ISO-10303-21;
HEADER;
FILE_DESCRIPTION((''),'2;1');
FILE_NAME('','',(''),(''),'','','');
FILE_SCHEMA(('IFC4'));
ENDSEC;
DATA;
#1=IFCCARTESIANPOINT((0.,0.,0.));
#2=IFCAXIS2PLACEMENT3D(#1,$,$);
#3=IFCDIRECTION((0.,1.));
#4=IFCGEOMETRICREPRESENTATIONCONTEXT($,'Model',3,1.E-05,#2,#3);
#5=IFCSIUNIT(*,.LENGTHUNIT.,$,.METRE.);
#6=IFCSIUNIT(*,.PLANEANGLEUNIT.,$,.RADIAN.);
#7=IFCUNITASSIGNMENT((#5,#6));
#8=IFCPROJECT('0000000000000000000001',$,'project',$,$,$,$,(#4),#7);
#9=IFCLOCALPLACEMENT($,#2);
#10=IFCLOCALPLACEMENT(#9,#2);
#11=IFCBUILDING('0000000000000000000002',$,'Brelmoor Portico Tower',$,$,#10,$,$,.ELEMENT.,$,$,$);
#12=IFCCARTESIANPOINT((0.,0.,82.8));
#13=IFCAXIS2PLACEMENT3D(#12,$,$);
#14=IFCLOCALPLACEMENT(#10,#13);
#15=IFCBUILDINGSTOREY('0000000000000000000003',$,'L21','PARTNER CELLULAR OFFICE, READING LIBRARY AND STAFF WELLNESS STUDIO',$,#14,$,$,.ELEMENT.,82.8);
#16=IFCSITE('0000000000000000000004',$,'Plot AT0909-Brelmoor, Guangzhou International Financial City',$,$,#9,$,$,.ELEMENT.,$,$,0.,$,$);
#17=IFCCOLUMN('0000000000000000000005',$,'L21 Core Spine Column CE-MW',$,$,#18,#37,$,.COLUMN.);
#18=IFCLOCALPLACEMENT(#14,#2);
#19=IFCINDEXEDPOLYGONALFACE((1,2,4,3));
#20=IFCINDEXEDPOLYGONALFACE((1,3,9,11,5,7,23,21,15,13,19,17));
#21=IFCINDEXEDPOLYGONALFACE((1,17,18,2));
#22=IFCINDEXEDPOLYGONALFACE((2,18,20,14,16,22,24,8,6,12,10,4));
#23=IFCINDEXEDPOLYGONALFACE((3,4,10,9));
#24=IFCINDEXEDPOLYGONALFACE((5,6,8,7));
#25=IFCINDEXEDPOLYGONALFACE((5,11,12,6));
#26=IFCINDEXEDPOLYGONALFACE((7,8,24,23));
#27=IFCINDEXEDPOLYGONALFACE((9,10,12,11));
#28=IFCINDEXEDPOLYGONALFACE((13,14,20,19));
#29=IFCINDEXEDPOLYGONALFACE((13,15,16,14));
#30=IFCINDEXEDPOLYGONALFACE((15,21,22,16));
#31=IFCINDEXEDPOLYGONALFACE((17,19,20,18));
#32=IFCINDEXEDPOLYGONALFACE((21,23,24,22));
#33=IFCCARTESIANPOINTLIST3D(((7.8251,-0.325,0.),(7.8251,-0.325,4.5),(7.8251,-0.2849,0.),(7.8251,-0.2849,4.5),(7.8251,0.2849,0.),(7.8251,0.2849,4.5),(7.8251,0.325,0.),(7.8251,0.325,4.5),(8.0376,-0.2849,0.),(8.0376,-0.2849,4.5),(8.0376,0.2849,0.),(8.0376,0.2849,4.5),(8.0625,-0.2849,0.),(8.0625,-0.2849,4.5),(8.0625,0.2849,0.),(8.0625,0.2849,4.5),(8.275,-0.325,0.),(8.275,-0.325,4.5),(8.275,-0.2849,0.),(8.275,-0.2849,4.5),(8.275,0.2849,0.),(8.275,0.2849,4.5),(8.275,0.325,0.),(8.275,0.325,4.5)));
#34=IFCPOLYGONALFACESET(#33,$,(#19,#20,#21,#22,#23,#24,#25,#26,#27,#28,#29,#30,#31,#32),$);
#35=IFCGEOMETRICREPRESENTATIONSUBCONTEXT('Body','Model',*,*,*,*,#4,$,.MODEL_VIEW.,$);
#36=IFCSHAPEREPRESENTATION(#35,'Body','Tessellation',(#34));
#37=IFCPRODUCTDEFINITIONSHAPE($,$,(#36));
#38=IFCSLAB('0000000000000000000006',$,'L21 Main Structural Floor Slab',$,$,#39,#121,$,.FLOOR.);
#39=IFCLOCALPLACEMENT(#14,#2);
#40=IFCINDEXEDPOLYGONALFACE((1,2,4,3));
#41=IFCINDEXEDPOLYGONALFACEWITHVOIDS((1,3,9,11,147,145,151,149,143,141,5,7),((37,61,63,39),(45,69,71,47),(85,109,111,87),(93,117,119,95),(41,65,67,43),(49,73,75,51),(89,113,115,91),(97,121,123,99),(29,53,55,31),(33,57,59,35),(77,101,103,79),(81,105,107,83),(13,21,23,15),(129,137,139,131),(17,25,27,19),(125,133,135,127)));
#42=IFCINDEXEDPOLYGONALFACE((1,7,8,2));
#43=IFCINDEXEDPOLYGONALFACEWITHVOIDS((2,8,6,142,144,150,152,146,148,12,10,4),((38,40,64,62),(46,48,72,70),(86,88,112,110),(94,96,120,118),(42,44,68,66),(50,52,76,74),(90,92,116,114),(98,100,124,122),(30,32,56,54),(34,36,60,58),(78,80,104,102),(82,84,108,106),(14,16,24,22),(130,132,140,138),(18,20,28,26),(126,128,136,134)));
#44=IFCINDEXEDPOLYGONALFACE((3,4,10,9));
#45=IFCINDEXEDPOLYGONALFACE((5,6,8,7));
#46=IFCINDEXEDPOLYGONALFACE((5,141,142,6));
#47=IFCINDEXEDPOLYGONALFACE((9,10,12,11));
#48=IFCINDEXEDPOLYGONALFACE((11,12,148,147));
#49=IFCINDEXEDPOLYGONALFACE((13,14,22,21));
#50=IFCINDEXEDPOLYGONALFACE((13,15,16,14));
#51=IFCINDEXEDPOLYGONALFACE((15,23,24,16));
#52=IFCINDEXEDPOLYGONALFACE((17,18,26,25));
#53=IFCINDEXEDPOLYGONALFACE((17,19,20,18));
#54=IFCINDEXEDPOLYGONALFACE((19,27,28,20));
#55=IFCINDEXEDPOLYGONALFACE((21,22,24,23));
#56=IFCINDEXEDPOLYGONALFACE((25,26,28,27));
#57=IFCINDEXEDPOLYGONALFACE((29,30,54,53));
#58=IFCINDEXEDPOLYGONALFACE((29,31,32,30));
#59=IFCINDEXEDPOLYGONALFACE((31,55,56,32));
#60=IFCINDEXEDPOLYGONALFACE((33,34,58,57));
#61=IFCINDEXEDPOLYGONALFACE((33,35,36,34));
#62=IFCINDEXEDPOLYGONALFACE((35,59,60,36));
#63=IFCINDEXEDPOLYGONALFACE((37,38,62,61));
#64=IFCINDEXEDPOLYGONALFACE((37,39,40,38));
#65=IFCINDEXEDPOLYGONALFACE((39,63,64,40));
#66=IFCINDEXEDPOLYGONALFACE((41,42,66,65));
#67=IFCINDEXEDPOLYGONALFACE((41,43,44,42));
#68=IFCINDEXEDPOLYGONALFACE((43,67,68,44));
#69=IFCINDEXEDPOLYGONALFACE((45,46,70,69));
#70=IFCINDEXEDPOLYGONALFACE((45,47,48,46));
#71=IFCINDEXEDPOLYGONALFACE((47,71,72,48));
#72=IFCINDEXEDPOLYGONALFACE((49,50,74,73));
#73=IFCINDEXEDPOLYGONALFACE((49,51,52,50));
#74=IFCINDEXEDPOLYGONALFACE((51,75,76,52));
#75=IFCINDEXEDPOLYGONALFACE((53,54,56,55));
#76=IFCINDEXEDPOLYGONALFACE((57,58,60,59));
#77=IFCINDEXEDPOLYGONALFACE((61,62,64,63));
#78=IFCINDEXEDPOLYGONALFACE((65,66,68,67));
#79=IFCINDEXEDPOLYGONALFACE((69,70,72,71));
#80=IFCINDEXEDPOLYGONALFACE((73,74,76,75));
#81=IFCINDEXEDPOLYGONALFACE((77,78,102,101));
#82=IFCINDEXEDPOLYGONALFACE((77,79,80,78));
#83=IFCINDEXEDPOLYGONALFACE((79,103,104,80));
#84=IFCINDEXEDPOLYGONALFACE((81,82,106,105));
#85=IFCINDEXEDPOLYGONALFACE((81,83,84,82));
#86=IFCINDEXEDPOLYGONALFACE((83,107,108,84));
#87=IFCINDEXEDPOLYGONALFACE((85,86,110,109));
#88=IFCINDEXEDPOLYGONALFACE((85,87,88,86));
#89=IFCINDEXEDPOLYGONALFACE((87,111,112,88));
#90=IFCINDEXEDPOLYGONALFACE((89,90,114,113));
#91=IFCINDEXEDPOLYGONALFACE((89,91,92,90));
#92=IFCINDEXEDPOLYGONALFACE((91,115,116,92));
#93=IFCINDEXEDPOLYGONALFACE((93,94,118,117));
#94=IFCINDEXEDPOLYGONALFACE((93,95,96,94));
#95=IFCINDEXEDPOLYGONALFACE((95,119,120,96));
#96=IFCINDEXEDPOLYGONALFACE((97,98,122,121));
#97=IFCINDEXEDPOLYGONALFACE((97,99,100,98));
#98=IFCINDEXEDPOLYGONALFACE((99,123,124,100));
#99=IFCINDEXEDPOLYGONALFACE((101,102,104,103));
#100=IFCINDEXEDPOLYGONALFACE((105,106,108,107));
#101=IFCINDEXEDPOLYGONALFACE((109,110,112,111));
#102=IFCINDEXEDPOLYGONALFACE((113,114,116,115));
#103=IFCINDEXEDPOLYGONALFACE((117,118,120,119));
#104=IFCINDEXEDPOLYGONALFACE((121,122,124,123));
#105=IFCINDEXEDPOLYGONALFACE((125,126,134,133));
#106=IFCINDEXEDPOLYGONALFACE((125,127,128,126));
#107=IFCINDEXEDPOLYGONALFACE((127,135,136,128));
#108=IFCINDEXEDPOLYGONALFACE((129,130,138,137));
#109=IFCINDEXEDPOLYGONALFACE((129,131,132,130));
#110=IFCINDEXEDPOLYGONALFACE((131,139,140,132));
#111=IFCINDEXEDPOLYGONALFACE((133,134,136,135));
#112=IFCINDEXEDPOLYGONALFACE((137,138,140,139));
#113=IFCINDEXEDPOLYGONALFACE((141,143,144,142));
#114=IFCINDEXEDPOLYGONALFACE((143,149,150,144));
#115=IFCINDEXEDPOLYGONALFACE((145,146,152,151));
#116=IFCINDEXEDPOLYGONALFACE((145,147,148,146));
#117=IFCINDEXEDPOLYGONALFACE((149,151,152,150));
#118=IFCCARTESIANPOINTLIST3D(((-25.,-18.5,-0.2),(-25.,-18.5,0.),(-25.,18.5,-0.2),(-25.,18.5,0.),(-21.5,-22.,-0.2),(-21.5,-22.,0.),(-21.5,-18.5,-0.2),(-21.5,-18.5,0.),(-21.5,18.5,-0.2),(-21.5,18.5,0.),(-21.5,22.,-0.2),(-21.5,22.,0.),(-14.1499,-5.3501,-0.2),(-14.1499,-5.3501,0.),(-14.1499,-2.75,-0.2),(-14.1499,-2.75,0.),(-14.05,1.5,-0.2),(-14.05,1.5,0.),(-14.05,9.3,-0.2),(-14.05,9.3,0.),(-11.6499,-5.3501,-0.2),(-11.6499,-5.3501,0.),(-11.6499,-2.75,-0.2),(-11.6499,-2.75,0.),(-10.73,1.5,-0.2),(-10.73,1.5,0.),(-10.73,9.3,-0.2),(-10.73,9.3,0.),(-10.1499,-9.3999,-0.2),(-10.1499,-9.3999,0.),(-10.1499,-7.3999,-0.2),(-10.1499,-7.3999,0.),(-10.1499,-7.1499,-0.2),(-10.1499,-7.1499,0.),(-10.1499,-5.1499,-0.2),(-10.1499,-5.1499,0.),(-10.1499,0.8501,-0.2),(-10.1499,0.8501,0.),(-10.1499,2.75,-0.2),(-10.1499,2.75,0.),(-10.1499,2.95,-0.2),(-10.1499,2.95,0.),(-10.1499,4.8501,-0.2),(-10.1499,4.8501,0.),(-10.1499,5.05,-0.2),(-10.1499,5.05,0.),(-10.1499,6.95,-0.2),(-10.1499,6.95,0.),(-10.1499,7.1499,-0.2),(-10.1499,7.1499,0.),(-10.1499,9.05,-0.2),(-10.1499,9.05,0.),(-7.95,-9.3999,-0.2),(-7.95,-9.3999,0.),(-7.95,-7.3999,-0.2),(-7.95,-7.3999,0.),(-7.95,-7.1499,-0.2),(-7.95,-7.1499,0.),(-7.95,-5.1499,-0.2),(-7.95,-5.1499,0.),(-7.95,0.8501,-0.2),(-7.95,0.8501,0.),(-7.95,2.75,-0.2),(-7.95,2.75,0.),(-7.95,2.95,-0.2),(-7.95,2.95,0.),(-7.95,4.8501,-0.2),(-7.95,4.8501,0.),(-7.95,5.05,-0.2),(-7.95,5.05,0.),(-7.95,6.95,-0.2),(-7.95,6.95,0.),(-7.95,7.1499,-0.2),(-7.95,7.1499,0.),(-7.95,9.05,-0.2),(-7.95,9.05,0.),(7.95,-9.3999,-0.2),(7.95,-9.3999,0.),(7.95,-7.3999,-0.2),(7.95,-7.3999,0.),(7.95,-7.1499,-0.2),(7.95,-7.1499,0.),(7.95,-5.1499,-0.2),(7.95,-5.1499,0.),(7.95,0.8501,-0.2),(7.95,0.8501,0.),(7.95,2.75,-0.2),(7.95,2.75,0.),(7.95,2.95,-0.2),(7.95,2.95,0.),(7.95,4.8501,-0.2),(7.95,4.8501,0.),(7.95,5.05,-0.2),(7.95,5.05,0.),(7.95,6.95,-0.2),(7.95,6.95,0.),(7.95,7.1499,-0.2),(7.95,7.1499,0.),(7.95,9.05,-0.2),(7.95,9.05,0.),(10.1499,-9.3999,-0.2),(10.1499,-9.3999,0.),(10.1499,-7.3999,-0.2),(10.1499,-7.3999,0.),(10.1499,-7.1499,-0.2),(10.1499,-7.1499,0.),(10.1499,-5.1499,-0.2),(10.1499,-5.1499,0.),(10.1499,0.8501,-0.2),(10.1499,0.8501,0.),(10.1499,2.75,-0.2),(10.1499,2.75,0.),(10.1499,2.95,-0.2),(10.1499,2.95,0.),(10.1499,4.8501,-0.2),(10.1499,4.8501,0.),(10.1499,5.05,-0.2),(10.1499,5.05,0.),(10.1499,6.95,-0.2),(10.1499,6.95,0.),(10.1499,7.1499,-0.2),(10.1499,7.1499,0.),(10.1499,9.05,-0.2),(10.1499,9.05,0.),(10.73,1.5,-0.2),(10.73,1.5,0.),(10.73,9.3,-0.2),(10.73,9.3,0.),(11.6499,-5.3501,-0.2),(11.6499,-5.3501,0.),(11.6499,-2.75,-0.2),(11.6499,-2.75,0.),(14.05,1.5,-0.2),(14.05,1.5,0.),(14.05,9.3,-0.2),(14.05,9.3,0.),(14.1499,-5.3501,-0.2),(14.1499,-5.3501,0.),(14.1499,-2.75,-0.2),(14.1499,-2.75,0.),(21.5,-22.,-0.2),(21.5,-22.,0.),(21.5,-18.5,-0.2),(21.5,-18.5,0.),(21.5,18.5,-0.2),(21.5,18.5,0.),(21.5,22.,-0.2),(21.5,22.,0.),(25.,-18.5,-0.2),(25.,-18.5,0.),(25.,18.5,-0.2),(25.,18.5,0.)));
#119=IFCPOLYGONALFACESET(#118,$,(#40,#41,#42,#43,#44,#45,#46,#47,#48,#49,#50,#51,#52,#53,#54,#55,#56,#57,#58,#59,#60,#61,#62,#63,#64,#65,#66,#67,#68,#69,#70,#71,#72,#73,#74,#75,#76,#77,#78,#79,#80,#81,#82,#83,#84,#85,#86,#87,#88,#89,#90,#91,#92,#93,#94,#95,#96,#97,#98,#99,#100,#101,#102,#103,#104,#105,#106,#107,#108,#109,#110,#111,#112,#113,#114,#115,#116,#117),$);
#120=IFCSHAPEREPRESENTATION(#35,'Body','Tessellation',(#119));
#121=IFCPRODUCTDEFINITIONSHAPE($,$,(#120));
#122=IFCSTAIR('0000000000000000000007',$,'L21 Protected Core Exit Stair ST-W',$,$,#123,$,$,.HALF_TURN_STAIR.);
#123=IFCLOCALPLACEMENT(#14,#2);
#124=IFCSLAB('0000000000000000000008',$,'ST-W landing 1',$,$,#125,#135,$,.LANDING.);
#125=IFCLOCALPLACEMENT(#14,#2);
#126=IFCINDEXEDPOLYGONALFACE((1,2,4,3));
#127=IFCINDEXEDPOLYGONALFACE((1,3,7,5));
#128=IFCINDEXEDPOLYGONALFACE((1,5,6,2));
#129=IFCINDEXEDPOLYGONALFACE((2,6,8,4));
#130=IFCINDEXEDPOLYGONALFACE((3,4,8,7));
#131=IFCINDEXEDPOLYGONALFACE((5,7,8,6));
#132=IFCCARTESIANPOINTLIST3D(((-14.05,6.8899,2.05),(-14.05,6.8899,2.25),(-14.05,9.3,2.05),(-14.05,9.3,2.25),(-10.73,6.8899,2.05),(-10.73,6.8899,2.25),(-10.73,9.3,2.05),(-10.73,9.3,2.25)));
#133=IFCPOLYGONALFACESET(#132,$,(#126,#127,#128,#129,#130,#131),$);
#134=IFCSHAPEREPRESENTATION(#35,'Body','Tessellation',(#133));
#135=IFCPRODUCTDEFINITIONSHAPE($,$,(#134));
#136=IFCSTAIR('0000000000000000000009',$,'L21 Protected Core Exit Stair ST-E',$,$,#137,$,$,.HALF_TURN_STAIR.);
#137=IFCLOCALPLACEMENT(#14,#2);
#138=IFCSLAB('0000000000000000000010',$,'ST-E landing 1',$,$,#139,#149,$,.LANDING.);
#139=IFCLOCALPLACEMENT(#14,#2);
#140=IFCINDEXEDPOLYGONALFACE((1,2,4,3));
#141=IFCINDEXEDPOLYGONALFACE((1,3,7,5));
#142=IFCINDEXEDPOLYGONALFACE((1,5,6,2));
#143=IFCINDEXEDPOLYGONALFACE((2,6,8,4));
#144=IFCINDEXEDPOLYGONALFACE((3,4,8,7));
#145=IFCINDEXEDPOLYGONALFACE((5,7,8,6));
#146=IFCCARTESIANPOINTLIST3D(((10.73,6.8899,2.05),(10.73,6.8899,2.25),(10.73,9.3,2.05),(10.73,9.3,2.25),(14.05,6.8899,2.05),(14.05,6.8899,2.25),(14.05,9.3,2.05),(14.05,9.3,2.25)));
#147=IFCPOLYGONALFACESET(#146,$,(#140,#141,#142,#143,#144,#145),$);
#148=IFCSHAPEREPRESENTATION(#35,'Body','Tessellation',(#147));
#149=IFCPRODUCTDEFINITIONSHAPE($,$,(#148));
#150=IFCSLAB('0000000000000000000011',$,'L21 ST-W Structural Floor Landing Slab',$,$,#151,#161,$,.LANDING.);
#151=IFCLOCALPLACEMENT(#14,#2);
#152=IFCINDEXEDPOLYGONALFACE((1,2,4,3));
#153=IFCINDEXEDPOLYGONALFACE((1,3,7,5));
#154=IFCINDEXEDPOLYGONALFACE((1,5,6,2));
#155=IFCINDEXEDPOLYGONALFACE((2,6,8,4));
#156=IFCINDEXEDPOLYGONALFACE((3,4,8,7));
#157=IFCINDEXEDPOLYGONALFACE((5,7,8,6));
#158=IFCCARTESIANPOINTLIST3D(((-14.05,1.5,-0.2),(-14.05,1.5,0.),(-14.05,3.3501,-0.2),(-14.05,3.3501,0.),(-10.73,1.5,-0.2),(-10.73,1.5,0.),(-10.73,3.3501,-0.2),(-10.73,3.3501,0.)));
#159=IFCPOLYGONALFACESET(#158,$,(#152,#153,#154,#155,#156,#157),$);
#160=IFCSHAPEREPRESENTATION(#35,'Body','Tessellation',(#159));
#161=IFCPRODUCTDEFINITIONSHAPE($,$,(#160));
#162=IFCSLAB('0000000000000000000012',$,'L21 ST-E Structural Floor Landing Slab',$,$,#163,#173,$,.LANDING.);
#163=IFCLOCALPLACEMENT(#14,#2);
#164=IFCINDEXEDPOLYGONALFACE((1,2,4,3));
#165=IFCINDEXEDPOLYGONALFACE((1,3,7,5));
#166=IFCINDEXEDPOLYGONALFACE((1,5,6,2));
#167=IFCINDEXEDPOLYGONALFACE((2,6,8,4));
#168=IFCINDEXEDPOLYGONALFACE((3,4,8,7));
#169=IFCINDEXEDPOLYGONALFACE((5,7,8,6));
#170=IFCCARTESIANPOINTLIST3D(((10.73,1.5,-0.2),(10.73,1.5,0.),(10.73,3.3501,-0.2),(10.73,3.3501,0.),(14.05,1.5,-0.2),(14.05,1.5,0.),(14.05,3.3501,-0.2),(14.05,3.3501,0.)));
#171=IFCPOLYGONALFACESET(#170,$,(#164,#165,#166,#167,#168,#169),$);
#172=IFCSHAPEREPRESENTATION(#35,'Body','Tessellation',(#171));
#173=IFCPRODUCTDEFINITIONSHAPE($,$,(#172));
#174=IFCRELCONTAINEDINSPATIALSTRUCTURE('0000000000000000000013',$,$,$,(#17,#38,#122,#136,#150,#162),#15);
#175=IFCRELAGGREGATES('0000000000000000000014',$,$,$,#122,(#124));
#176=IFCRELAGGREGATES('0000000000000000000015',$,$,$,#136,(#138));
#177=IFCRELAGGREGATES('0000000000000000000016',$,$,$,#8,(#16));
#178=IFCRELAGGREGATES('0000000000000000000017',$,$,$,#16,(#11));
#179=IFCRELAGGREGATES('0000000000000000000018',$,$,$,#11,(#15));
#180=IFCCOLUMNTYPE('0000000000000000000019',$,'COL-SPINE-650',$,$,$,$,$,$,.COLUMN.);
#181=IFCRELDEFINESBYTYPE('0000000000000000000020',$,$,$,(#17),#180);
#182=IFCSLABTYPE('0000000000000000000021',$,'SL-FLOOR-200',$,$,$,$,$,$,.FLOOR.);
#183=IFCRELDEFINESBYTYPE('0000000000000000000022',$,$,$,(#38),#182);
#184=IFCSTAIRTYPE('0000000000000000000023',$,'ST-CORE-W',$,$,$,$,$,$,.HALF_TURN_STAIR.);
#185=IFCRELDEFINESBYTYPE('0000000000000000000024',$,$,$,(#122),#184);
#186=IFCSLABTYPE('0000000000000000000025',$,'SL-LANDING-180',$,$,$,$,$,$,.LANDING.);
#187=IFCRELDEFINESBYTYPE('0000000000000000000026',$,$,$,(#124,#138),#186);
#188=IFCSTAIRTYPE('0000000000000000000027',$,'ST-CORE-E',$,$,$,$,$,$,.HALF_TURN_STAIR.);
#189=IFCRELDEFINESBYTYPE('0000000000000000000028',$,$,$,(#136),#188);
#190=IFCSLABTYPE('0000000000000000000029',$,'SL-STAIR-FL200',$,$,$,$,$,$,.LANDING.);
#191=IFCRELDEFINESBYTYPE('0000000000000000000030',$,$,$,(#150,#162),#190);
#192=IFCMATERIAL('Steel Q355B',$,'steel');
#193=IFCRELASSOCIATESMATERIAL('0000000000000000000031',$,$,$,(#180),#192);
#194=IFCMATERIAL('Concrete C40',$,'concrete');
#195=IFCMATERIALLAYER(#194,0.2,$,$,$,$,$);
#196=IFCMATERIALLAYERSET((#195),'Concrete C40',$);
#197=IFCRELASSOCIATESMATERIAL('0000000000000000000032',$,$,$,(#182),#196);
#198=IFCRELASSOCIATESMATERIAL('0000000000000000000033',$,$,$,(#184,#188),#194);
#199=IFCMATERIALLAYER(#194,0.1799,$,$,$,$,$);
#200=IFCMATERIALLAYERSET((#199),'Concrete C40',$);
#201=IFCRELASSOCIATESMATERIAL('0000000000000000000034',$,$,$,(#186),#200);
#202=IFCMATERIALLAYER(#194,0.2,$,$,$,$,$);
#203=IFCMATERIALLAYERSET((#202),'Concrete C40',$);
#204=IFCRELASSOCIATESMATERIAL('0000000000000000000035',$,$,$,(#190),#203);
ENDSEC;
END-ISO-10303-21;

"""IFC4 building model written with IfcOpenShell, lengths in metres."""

from ifc_helpers import new_model, si_unit, direction, frame, origin, origin_2d, place, context, subcontext, project, spatial, polyline, i_section, outline, extrude, material, layer, layer_set, material_profile, profile_set, type_object, element, aggregate, save


model = new_model("IFC4")

# Units and contexts
model_context = context("Model", 3, precision=1e-05, world=origin(), true_north=direction((0.0, 1.0)))
body_context = subcontext(model_context, "Body", "Model", "MODEL_VIEW")
ifc_project = project(units=[si_unit("LENGTHUNIT", "METRE"), si_unit("PLANEANGLEUNIT", "RADIAN")], contexts=[model_context])

# Site, building, storey
site_placement = place(None, origin())
site = spatial("IfcSite", under=ifc_project, at=site_placement, Name="Plot AT0909-Brelmoor, Guangzhou International Financial City", CompositionType="ELEMENT", RefElevation=0.0)
building_placement = place(site_placement, origin())
building = spatial("IfcBuilding", under=site, at=building_placement, Name="Brelmoor Portico Tower", CompositionType="ELEMENT")
storey_placement = place(building_placement, frame((0.0, 0.0, 82.8)))
storey = spatial("IfcBuildingStorey", under=building, at=storey_placement, Name="L21", Description="PARTNER CELLULAR OFFICE, READING LIBRARY AND STAFF WELLNESS STUDIO", CompositionType="ELEMENT", Elevation=82.8)

# Column
ifc_material_1 = material(Name="Steel Q355B", Category="steel")
ifc_material_profile = material_profile(ifc_material_1, i_section(OverallWidth=0.45, OverallDepth=0.6499, WebThickness=0.0249, FlangeThickness=0.04, at=origin_2d()), Name="HW 650x450x25x40")
ifc_profile_set = profile_set([ifc_material_profile], Name="Steel Q355B")
column_type = type_object("IfcColumnType", Name="COL-SPINE-650", PredefinedType="COLUMN", material=ifc_profile_set)
column_placement = place(storey_placement, frame((8.05, 0.0, 0.0), z_axis=(0.0, 0.0, 1.0), x_axis=(1.0, 0.0, 0.0)))
element("IfcColumn", 1, at=column_placement, inside=storey, type_object=column_type, Name="L21 Core Spine Column CE-MW", PredefinedType="COLUMN", context=body_context, shape_type="SweptSolid", body=[
    extrude(i_section(OverallWidth=0.45, OverallDepth=0.6499, WebThickness=0.0249, FlangeThickness=0.04, at=origin_2d()), origin(), (0.0, 0.0, 1.0), 4.5),
])

# Slab
ifc_material_2 = material(Name="Concrete C40", Category="concrete")
ifc_layer_1 = layer(ifc_material_2, 0.2)
ifc_layer_set_1 = layer_set([ifc_layer_1], Name="Concrete C40")
slab_type_1 = type_object("IfcSlabType", Name="SL-FLOOR-200", PredefinedType="FLOOR", material=ifc_layer_set_1)
slab_1_placement = place(storey_placement, frame((0.0, 0.0, -0.2)))
element("IfcSlab", 2, at=slab_1_placement, inside=storey, type_object=slab_type_1, Name="L21 Main Structural Floor Slab", PredefinedType="FLOOR", context=body_context, shape_type="SweptSolid", body=[
    extrude(outline(polyline([(-21.5, -22.0), (21.5, -22.0), (21.5, -18.5), (25.0, -18.5), (25.0, 18.5), (21.5, 18.5), (21.5, 22.0), (-21.5, 22.0), (-21.5, 18.5), (-25.0, 18.5), (-25.0, -18.5), (-21.5, -18.5), (-21.5, -22.0)]), holes=[polyline([(-10.73, 1.5), (-10.73, 9.3), (-14.05, 9.3), (-14.05, 1.5), (-10.73, 1.5)]), polyline([(14.05, 1.5), (14.05, 9.3), (10.73, 9.3), (10.73, 1.5), (14.05, 1.5)]), polyline([(-10.1499, 0.8501), (-7.95, 0.8501), (-7.95, 2.75), (-10.1499, 2.75), (-10.1499, 0.8501)]), polyline([(-10.1499, 2.95), (-7.95, 2.95), (-7.95, 4.8501), (-10.1499, 4.8501), (-10.1499, 2.95)]), polyline([(-10.1499, 5.05), (-7.95, 5.05), (-7.95, 6.95), (-10.1499, 6.95), (-10.1499, 5.05)]), polyline([(-10.1499, 7.1499), (-7.95, 7.1499), (-7.95, 9.05), (-10.1499, 9.05), (-10.1499, 7.1499)]), polyline([(7.95, 0.8501), (10.1499, 0.8501), (10.1499, 2.75), (7.95, 2.75), (7.95, 0.8501)]), polyline([(7.95, 2.95), (10.1499, 2.95), (10.1499, 4.8501), (7.95, 4.8501), (7.95, 2.95)]), polyline([(7.95, 5.05), (10.1499, 5.05), (10.1499, 6.95), (7.95, 6.95), (7.95, 5.05)]), polyline([(7.95, 7.1499), (10.1499, 7.1499), (10.1499, 9.05), (7.95, 9.05), (7.95, 7.1499)]), polyline([(-10.1499, -9.3999), (-7.95, -9.3999), (-7.95, -7.3999), (-10.1499, -7.3999), (-10.1499, -9.3999)]), polyline([(-10.1499, -7.1499), (-7.95, -7.1499), (-7.95, -5.1499), (-10.1499, -5.1499), (-10.1499, -7.1499)]), polyline([(7.95, -9.3999), (10.1499, -9.3999), (10.1499, -7.3999), (7.95, -7.3999), (7.95, -9.3999)]), polyline([(7.95, -7.1499), (10.1499, -7.1499), (10.1499, -5.1499), (7.95, -5.1499), (7.95, -7.1499)]), polyline([(-14.1499, -5.3501), (-11.6499, -5.3501), (-11.6499, -2.75), (-14.1499, -2.75), (-14.1499, -5.3501)]), polyline([(11.6499, -5.3501), (14.1499, -5.3501), (14.1499, -2.75), (11.6499, -2.75), (11.6499, -5.3501)])]), origin(), (0.0, 0.0, 1.0), 0.2),
])

# Stairs, slabs
stair_type_1 = type_object("IfcStairType", Name="ST-CORE-W", PredefinedType="HALF_TURN_STAIR", material=ifc_material_2)
stair_1_placement = place(storey_placement, origin())
stair_1 = element("IfcStair", 3, at=stair_1_placement, inside=storey, type_object=stair_type_1, Name="L21 Protected Core Exit Stair ST-W", PredefinedType="HALF_TURN_STAIR")
ifc_layer_2 = layer(ifc_material_2, 0.1799)
ifc_layer_set_2 = layer_set([ifc_layer_2], Name="Concrete C40")
slab_type_2 = type_object("IfcSlabType", Name="SL-LANDING-180", PredefinedType="LANDING", material=ifc_layer_set_2)
slab_2_placement = place(storey_placement, frame((0.0, 0.0, 2.05)))
slab_2 = element("IfcSlab", 4, at=slab_2_placement, type_object=slab_type_2, Name="ST-W landing 1", PredefinedType="LANDING", context=body_context, shape_type="SweptSolid", body=[
    extrude(outline(polyline([(-10.73, 6.8899), (-10.73, 9.3), (-14.05, 9.3), (-14.05, 6.8899), (-10.73, 6.8899)])), origin(), (0.0, 0.0, 1.0), 0.2),
])
aggregate(stair_1, [slab_2])
stair_type_2 = type_object("IfcStairType", Name="ST-CORE-E", PredefinedType="HALF_TURN_STAIR", material=ifc_material_2)
stair_2_placement = place(storey_placement, origin())
stair_2 = element("IfcStair", 5, at=stair_2_placement, inside=storey, type_object=stair_type_2, Name="L21 Protected Core Exit Stair ST-E", PredefinedType="HALF_TURN_STAIR")
slab_3_placement = place(storey_placement, frame((0.0, 0.0, 2.05)))
slab_3 = element("IfcSlab", 6, at=slab_3_placement, type_object=slab_type_2, Name="ST-E landing 1", PredefinedType="LANDING", context=body_context, shape_type="SweptSolid", body=[
    extrude(outline(polyline([(14.05, 6.8899), (14.05, 9.3), (10.73, 9.3), (10.73, 6.8899), (14.05, 6.8899)])), origin(), (0.0, 0.0, 1.0), 0.2),
])
aggregate(stair_2, [slab_3])

# Slabs
ifc_layer_3 = layer(ifc_material_2, 0.2)
ifc_layer_set_3 = layer_set([ifc_layer_3], Name="Concrete C40")
slab_type_3 = type_object("IfcSlabType", Name="SL-STAIR-FL200", PredefinedType="LANDING", material=ifc_layer_set_3)
slab_4_placement = place(storey_placement, frame((0.0, 0.0, -0.2)))
element("IfcSlab", 7, at=slab_4_placement, inside=storey, type_object=slab_type_3, Name="L21 ST-W Structural Floor Landing Slab", PredefinedType="LANDING", context=body_context, shape_type="SweptSolid", body=[
    extrude(outline(polyline([(-10.73, 1.5), (-10.73, 3.3501), (-14.05, 3.3501), (-14.05, 1.5), (-10.73, 1.5)])), origin(), (0.0, 0.0, 1.0), 0.2),
])
slab_5_placement = place(storey_placement, frame((0.0, 0.0, -0.2)))
element("IfcSlab", 8, at=slab_5_placement, inside=storey, type_object=slab_type_3, Name="L21 ST-E Structural Floor Landing Slab", PredefinedType="LANDING", context=body_context, shape_type="SweptSolid", body=[
    extrude(outline(polyline([(14.05, 1.5), (14.05, 3.3501), (10.73, 3.3501), (10.73, 1.5), (14.05, 1.5)])), origin(), (0.0, 0.0, 1.0), 0.2),
])

save(model, "model.ifc")
